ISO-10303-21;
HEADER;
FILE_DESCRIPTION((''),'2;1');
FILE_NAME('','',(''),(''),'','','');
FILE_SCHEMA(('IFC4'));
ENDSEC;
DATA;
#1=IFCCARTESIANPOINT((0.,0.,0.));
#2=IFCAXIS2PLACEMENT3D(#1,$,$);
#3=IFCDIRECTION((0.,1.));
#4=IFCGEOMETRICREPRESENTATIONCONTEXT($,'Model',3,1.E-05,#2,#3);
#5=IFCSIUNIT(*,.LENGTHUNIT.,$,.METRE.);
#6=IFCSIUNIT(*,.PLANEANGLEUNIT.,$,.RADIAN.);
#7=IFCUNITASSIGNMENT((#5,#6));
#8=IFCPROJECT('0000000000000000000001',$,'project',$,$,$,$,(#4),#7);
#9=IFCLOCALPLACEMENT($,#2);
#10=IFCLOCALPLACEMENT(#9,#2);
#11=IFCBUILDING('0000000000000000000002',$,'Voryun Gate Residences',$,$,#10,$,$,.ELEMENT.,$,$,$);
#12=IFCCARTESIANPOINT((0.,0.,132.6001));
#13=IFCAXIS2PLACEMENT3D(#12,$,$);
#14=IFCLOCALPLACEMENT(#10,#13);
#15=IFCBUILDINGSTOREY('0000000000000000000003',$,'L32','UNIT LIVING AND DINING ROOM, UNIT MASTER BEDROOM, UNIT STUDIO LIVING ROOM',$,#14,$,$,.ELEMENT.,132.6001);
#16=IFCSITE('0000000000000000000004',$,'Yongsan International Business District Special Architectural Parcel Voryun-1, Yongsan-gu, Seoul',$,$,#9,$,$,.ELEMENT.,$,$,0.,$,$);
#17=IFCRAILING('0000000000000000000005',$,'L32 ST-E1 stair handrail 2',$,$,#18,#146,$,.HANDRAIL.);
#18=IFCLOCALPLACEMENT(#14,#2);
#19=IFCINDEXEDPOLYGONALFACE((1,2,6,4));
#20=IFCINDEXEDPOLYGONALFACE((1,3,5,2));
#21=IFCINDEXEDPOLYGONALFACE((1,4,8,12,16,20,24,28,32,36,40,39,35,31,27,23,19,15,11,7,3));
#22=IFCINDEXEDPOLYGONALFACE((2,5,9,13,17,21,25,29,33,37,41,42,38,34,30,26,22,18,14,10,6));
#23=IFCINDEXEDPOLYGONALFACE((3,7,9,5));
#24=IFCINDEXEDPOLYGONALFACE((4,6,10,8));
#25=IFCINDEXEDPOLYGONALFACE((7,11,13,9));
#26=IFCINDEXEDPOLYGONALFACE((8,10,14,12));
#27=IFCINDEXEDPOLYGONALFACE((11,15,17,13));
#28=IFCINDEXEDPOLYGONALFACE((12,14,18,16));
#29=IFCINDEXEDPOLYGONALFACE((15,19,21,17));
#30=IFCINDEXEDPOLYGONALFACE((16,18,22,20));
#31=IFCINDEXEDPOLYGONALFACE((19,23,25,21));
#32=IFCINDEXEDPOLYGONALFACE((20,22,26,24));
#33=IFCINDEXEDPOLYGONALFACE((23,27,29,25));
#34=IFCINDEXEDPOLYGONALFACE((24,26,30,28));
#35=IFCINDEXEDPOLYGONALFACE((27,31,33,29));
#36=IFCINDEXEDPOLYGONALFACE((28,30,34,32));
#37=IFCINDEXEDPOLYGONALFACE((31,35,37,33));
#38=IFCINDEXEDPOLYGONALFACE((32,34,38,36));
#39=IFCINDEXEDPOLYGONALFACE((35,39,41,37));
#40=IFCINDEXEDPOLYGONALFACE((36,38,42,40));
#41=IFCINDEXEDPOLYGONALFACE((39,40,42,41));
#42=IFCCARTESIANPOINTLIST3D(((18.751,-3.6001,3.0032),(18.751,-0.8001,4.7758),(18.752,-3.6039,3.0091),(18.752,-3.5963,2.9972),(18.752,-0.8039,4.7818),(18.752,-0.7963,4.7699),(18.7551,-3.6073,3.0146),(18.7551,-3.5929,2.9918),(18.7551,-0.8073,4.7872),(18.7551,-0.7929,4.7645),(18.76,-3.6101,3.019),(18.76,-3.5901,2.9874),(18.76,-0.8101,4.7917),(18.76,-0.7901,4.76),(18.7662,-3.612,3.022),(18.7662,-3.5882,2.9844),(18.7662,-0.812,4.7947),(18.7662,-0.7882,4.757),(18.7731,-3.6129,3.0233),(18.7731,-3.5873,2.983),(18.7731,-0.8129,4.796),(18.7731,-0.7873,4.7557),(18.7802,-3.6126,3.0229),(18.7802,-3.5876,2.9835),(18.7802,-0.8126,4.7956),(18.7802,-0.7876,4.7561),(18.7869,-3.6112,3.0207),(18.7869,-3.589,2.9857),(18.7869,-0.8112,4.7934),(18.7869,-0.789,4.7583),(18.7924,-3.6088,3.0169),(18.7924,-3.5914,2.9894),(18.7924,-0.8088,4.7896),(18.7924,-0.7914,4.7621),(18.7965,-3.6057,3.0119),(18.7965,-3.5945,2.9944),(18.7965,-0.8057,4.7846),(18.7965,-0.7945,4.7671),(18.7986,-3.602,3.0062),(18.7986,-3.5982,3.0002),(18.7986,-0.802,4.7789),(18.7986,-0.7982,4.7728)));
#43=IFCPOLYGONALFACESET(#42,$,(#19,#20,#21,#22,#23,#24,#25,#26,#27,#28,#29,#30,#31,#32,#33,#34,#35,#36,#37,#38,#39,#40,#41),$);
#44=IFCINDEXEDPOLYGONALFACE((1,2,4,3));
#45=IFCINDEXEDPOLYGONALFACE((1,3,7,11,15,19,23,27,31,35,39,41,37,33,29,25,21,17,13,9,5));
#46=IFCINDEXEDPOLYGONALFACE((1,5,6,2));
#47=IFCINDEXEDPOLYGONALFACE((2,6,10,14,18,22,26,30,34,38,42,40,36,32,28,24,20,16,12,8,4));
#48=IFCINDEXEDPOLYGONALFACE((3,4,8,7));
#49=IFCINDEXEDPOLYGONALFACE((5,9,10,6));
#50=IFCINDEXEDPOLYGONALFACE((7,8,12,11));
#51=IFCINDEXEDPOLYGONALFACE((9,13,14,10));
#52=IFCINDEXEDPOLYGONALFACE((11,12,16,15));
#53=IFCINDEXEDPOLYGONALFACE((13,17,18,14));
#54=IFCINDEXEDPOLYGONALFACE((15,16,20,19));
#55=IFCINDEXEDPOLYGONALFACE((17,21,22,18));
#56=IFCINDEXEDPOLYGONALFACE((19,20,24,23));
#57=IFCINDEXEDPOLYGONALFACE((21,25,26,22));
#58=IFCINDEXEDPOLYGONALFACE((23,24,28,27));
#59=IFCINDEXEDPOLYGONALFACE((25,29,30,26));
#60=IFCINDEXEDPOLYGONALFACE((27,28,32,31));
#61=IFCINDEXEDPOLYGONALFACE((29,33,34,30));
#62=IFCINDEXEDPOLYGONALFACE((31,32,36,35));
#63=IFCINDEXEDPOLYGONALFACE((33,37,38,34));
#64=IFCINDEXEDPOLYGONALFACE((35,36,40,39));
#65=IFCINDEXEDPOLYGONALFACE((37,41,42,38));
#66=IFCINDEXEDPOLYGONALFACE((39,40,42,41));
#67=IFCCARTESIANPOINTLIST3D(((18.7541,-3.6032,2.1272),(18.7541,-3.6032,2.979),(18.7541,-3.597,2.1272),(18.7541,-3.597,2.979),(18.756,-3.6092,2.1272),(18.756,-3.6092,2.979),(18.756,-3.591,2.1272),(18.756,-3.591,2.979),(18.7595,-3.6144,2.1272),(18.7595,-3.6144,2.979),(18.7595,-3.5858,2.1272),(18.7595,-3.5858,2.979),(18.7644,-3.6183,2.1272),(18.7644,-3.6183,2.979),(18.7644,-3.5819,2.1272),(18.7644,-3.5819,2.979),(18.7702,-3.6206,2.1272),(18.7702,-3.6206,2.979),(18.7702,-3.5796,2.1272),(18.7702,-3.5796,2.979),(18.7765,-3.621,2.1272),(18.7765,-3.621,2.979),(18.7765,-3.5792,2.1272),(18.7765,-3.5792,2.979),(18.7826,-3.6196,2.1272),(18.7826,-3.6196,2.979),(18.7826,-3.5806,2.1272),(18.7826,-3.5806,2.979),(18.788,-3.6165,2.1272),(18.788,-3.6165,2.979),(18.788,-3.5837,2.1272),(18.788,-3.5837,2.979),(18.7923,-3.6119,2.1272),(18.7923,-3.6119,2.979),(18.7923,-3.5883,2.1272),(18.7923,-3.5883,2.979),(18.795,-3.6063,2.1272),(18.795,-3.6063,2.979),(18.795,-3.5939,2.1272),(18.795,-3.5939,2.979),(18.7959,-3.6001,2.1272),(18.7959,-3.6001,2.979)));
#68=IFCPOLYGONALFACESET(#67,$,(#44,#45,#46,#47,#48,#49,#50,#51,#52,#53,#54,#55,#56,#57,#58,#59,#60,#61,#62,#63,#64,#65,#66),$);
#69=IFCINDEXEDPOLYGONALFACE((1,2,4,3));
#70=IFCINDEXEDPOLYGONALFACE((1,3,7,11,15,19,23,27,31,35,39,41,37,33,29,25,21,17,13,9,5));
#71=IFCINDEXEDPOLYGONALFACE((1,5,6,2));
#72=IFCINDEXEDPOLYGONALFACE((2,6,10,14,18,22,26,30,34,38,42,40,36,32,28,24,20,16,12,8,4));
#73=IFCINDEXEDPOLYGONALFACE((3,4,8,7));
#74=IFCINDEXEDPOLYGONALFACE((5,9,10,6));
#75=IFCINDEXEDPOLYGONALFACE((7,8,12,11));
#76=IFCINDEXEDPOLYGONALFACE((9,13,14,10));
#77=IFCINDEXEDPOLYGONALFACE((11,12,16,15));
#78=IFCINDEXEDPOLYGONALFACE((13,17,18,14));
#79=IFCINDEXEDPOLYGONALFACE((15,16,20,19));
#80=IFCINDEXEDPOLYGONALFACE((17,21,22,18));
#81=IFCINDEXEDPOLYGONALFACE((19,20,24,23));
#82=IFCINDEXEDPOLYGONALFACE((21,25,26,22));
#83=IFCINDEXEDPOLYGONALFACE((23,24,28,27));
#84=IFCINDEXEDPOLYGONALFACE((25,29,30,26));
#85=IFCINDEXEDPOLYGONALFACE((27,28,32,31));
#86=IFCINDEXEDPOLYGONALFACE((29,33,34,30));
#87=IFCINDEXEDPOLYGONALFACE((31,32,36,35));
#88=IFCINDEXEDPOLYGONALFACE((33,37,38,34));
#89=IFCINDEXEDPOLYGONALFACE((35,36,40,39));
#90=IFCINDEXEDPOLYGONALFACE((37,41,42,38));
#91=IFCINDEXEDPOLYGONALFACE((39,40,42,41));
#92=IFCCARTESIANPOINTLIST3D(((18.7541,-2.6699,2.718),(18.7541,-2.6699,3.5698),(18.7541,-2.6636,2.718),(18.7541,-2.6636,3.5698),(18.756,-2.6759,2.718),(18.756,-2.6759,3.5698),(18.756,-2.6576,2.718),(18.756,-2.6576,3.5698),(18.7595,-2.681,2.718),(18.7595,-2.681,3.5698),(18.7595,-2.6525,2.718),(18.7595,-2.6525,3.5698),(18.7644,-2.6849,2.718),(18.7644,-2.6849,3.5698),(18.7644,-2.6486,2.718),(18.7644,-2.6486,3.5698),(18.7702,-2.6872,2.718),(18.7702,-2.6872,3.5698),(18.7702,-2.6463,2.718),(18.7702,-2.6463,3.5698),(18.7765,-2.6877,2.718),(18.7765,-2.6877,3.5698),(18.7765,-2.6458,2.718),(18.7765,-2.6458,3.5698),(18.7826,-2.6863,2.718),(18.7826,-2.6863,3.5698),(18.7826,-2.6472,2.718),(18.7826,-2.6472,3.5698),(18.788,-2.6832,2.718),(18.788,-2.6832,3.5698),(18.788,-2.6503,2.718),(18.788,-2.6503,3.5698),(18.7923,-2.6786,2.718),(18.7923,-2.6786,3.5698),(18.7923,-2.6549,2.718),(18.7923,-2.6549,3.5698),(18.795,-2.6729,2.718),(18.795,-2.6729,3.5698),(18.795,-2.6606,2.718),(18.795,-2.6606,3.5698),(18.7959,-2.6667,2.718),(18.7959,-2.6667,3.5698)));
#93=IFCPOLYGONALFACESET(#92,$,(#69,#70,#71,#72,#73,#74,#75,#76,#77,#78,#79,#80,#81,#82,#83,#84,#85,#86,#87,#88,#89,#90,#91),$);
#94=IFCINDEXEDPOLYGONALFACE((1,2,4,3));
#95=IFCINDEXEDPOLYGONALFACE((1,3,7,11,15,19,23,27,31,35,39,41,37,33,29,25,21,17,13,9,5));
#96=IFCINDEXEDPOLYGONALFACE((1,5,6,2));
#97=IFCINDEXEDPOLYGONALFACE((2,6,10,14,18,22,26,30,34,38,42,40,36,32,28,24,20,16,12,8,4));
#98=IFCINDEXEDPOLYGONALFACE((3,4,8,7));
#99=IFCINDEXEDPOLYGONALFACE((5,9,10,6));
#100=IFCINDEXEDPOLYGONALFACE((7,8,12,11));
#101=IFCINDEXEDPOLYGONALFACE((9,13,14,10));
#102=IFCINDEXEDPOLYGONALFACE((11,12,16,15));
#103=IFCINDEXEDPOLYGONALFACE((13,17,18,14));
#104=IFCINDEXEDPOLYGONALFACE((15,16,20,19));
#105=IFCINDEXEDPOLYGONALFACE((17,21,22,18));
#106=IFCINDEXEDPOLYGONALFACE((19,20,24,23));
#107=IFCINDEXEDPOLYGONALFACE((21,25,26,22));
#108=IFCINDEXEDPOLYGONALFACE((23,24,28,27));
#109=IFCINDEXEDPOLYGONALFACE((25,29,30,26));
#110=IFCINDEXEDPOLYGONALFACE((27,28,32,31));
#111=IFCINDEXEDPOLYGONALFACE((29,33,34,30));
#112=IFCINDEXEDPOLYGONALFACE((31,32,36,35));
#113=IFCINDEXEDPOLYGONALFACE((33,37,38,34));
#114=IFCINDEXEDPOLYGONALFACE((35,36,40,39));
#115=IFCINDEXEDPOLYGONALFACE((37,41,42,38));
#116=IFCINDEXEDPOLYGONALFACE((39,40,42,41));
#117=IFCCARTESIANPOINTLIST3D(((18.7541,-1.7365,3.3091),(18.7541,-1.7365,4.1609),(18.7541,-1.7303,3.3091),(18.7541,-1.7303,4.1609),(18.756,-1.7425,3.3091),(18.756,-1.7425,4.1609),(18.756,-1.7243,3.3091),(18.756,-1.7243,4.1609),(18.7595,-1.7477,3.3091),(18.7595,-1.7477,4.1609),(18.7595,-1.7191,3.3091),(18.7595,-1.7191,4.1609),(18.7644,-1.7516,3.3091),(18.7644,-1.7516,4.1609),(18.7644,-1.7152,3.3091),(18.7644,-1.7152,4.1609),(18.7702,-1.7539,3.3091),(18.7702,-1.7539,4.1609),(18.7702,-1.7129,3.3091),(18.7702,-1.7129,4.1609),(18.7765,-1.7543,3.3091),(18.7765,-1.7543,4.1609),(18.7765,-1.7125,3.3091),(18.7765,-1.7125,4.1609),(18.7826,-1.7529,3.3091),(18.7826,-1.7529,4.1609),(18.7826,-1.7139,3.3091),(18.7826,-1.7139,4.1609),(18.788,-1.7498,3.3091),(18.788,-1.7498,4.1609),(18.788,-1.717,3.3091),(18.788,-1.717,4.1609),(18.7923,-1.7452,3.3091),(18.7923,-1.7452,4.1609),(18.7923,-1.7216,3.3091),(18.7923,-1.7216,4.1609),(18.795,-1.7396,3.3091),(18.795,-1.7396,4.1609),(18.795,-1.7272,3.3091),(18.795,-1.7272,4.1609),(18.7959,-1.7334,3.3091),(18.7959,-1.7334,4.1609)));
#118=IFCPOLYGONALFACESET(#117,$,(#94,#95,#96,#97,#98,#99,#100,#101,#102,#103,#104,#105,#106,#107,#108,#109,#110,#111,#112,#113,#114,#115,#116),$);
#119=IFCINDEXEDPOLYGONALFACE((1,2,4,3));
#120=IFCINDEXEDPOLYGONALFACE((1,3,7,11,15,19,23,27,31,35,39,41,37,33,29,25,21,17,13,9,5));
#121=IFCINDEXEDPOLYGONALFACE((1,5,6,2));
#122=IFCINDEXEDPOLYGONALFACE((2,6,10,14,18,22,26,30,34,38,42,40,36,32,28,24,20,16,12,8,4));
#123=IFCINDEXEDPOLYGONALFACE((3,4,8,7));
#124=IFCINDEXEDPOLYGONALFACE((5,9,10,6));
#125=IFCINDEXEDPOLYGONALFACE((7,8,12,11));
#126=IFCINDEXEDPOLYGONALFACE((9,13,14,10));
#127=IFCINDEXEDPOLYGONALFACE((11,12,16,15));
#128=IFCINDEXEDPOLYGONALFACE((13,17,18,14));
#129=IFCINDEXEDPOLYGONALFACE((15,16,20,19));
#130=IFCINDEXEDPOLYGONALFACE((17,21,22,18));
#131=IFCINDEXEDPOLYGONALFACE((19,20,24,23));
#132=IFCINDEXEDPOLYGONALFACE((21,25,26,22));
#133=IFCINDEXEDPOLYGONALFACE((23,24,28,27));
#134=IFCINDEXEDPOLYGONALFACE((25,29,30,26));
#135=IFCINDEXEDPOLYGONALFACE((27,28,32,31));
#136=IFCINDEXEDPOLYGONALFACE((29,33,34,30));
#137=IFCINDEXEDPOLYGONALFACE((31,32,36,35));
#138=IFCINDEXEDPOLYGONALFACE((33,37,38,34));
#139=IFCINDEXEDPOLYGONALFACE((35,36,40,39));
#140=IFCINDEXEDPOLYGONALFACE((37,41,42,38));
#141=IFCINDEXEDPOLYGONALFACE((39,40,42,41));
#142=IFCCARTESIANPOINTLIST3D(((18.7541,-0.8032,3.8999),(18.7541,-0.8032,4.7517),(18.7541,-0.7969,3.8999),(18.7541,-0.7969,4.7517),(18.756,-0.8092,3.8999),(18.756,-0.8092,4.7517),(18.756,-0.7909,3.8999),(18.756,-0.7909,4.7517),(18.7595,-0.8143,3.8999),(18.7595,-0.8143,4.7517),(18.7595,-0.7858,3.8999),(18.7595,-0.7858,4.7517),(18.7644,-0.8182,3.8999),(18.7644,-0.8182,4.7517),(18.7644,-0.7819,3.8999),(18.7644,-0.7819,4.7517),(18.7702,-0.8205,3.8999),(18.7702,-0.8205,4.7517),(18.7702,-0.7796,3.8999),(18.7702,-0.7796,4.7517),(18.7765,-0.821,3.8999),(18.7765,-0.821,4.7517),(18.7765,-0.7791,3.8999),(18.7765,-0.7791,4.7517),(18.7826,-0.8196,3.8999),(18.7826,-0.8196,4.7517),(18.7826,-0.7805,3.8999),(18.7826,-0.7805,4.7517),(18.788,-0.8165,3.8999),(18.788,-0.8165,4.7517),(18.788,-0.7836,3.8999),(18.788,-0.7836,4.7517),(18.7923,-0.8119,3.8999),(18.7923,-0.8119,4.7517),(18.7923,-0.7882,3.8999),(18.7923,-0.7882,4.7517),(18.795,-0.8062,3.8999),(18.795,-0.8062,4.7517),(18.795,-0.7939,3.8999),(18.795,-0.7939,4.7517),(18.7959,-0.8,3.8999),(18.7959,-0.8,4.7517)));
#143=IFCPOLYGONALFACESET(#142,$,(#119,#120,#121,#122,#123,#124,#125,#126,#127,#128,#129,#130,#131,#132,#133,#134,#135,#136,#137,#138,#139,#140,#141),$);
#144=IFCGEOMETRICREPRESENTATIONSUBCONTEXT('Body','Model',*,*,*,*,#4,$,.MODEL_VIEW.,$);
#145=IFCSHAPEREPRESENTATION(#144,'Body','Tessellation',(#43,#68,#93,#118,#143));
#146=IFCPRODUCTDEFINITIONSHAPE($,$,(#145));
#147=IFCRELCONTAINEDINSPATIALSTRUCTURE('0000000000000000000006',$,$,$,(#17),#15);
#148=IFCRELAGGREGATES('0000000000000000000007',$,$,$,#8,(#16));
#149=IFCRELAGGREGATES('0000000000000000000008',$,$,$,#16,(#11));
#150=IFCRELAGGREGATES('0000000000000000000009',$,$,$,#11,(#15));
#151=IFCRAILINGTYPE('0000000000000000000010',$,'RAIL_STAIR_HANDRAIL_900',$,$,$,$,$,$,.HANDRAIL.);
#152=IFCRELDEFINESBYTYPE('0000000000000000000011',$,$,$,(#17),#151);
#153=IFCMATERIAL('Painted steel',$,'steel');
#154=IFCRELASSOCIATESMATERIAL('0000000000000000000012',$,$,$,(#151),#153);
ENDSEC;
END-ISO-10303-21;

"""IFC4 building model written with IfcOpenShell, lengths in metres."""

from ifc_helpers import new_model, si_unit, direction, frame, origin, origin_2d, place, context, subcontext, project, spatial, circle, extrude, material, type_object, element, save


model = new_model("IFC4")

# Units and contexts
model_context = context("Model", 3, precision=1e-05, world=origin(), true_north=direction((0.0, 1.0)))
body_context = subcontext(model_context, "Body", "Model", "MODEL_VIEW")
ifc_project = project(units=[si_unit("LENGTHUNIT", "METRE"), si_unit("PLANEANGLEUNIT", "RADIAN")], contexts=[model_context])

# Site, building, storey
site_placement = place(None, origin())
site = spatial("IfcSite", under=ifc_project, at=site_placement, Name="Yongsan International Business District Special Architectural Parcel Voryun-1, Yongsan-gu, Seoul", CompositionType="ELEMENT", RefElevation=0.0)
building_placement = place(site_placement, origin())
building = spatial("IfcBuilding", under=site, at=building_placement, Name="Voryun Gate Residences", CompositionType="ELEMENT")
storey_placement = place(building_placement, frame((0.0, 0.0, 132.6001)))
storey = spatial("IfcBuildingStorey", under=building, at=storey_placement, Name="L32", Description="UNIT LIVING AND DINING ROOM, UNIT MASTER BEDROOM, UNIT STUDIO LIVING ROOM", CompositionType="ELEMENT", Elevation=132.6001)

# Railing
ifc_material_1 = material(Name="Painted steel", Category="steel")
railing_type_1 = type_object("IfcRailingType", Name="RAIL_STAIR_HANDRAIL_900", PredefinedType="HANDRAIL", material=ifc_material_1)
railing_1_placement = place(storey_placement, frame((18.7749, -3.6001, 2.1272)))
element("IfcRailing", 1, at=railing_1_placement, inside=storey, type_object=railing_type_1, Name="L32 ST-E1 stair handrail 2", PredefinedType="HANDRAIL", context=body_context, shape_type="SweptSolid", body=[
    extrude(circle(Radius=0.0239, at=origin_2d()), frame((0.0, 0.0, 0.876), z_axis=(0.0, 0.844909, 0.53491), x_axis=(-1.0, 0.0, 0.0)), (0.0, 0.0, 1.0), 3.314),
    extrude(circle(Radius=0.021, at=origin_2d()), origin(), (0.0, 0.0, 1.0), 0.8518),
    extrude(circle(Radius=0.021, at=origin_2d()), frame((0.0, 0.9333, 0.5908)), (0.0, 0.0, 1.0), 0.8518),
    extrude(circle(Radius=0.021, at=origin_2d()), frame((0.0, 1.8667, 1.1819)), (0.0, 0.0, 1.0), 0.8518),
    extrude(circle(Radius=0.021, at=origin_2d()), frame((0.0, 2.8, 1.7727)), (0.0, 0.0, 1.0), 0.8518),
])

save(model, "model.ifc")
